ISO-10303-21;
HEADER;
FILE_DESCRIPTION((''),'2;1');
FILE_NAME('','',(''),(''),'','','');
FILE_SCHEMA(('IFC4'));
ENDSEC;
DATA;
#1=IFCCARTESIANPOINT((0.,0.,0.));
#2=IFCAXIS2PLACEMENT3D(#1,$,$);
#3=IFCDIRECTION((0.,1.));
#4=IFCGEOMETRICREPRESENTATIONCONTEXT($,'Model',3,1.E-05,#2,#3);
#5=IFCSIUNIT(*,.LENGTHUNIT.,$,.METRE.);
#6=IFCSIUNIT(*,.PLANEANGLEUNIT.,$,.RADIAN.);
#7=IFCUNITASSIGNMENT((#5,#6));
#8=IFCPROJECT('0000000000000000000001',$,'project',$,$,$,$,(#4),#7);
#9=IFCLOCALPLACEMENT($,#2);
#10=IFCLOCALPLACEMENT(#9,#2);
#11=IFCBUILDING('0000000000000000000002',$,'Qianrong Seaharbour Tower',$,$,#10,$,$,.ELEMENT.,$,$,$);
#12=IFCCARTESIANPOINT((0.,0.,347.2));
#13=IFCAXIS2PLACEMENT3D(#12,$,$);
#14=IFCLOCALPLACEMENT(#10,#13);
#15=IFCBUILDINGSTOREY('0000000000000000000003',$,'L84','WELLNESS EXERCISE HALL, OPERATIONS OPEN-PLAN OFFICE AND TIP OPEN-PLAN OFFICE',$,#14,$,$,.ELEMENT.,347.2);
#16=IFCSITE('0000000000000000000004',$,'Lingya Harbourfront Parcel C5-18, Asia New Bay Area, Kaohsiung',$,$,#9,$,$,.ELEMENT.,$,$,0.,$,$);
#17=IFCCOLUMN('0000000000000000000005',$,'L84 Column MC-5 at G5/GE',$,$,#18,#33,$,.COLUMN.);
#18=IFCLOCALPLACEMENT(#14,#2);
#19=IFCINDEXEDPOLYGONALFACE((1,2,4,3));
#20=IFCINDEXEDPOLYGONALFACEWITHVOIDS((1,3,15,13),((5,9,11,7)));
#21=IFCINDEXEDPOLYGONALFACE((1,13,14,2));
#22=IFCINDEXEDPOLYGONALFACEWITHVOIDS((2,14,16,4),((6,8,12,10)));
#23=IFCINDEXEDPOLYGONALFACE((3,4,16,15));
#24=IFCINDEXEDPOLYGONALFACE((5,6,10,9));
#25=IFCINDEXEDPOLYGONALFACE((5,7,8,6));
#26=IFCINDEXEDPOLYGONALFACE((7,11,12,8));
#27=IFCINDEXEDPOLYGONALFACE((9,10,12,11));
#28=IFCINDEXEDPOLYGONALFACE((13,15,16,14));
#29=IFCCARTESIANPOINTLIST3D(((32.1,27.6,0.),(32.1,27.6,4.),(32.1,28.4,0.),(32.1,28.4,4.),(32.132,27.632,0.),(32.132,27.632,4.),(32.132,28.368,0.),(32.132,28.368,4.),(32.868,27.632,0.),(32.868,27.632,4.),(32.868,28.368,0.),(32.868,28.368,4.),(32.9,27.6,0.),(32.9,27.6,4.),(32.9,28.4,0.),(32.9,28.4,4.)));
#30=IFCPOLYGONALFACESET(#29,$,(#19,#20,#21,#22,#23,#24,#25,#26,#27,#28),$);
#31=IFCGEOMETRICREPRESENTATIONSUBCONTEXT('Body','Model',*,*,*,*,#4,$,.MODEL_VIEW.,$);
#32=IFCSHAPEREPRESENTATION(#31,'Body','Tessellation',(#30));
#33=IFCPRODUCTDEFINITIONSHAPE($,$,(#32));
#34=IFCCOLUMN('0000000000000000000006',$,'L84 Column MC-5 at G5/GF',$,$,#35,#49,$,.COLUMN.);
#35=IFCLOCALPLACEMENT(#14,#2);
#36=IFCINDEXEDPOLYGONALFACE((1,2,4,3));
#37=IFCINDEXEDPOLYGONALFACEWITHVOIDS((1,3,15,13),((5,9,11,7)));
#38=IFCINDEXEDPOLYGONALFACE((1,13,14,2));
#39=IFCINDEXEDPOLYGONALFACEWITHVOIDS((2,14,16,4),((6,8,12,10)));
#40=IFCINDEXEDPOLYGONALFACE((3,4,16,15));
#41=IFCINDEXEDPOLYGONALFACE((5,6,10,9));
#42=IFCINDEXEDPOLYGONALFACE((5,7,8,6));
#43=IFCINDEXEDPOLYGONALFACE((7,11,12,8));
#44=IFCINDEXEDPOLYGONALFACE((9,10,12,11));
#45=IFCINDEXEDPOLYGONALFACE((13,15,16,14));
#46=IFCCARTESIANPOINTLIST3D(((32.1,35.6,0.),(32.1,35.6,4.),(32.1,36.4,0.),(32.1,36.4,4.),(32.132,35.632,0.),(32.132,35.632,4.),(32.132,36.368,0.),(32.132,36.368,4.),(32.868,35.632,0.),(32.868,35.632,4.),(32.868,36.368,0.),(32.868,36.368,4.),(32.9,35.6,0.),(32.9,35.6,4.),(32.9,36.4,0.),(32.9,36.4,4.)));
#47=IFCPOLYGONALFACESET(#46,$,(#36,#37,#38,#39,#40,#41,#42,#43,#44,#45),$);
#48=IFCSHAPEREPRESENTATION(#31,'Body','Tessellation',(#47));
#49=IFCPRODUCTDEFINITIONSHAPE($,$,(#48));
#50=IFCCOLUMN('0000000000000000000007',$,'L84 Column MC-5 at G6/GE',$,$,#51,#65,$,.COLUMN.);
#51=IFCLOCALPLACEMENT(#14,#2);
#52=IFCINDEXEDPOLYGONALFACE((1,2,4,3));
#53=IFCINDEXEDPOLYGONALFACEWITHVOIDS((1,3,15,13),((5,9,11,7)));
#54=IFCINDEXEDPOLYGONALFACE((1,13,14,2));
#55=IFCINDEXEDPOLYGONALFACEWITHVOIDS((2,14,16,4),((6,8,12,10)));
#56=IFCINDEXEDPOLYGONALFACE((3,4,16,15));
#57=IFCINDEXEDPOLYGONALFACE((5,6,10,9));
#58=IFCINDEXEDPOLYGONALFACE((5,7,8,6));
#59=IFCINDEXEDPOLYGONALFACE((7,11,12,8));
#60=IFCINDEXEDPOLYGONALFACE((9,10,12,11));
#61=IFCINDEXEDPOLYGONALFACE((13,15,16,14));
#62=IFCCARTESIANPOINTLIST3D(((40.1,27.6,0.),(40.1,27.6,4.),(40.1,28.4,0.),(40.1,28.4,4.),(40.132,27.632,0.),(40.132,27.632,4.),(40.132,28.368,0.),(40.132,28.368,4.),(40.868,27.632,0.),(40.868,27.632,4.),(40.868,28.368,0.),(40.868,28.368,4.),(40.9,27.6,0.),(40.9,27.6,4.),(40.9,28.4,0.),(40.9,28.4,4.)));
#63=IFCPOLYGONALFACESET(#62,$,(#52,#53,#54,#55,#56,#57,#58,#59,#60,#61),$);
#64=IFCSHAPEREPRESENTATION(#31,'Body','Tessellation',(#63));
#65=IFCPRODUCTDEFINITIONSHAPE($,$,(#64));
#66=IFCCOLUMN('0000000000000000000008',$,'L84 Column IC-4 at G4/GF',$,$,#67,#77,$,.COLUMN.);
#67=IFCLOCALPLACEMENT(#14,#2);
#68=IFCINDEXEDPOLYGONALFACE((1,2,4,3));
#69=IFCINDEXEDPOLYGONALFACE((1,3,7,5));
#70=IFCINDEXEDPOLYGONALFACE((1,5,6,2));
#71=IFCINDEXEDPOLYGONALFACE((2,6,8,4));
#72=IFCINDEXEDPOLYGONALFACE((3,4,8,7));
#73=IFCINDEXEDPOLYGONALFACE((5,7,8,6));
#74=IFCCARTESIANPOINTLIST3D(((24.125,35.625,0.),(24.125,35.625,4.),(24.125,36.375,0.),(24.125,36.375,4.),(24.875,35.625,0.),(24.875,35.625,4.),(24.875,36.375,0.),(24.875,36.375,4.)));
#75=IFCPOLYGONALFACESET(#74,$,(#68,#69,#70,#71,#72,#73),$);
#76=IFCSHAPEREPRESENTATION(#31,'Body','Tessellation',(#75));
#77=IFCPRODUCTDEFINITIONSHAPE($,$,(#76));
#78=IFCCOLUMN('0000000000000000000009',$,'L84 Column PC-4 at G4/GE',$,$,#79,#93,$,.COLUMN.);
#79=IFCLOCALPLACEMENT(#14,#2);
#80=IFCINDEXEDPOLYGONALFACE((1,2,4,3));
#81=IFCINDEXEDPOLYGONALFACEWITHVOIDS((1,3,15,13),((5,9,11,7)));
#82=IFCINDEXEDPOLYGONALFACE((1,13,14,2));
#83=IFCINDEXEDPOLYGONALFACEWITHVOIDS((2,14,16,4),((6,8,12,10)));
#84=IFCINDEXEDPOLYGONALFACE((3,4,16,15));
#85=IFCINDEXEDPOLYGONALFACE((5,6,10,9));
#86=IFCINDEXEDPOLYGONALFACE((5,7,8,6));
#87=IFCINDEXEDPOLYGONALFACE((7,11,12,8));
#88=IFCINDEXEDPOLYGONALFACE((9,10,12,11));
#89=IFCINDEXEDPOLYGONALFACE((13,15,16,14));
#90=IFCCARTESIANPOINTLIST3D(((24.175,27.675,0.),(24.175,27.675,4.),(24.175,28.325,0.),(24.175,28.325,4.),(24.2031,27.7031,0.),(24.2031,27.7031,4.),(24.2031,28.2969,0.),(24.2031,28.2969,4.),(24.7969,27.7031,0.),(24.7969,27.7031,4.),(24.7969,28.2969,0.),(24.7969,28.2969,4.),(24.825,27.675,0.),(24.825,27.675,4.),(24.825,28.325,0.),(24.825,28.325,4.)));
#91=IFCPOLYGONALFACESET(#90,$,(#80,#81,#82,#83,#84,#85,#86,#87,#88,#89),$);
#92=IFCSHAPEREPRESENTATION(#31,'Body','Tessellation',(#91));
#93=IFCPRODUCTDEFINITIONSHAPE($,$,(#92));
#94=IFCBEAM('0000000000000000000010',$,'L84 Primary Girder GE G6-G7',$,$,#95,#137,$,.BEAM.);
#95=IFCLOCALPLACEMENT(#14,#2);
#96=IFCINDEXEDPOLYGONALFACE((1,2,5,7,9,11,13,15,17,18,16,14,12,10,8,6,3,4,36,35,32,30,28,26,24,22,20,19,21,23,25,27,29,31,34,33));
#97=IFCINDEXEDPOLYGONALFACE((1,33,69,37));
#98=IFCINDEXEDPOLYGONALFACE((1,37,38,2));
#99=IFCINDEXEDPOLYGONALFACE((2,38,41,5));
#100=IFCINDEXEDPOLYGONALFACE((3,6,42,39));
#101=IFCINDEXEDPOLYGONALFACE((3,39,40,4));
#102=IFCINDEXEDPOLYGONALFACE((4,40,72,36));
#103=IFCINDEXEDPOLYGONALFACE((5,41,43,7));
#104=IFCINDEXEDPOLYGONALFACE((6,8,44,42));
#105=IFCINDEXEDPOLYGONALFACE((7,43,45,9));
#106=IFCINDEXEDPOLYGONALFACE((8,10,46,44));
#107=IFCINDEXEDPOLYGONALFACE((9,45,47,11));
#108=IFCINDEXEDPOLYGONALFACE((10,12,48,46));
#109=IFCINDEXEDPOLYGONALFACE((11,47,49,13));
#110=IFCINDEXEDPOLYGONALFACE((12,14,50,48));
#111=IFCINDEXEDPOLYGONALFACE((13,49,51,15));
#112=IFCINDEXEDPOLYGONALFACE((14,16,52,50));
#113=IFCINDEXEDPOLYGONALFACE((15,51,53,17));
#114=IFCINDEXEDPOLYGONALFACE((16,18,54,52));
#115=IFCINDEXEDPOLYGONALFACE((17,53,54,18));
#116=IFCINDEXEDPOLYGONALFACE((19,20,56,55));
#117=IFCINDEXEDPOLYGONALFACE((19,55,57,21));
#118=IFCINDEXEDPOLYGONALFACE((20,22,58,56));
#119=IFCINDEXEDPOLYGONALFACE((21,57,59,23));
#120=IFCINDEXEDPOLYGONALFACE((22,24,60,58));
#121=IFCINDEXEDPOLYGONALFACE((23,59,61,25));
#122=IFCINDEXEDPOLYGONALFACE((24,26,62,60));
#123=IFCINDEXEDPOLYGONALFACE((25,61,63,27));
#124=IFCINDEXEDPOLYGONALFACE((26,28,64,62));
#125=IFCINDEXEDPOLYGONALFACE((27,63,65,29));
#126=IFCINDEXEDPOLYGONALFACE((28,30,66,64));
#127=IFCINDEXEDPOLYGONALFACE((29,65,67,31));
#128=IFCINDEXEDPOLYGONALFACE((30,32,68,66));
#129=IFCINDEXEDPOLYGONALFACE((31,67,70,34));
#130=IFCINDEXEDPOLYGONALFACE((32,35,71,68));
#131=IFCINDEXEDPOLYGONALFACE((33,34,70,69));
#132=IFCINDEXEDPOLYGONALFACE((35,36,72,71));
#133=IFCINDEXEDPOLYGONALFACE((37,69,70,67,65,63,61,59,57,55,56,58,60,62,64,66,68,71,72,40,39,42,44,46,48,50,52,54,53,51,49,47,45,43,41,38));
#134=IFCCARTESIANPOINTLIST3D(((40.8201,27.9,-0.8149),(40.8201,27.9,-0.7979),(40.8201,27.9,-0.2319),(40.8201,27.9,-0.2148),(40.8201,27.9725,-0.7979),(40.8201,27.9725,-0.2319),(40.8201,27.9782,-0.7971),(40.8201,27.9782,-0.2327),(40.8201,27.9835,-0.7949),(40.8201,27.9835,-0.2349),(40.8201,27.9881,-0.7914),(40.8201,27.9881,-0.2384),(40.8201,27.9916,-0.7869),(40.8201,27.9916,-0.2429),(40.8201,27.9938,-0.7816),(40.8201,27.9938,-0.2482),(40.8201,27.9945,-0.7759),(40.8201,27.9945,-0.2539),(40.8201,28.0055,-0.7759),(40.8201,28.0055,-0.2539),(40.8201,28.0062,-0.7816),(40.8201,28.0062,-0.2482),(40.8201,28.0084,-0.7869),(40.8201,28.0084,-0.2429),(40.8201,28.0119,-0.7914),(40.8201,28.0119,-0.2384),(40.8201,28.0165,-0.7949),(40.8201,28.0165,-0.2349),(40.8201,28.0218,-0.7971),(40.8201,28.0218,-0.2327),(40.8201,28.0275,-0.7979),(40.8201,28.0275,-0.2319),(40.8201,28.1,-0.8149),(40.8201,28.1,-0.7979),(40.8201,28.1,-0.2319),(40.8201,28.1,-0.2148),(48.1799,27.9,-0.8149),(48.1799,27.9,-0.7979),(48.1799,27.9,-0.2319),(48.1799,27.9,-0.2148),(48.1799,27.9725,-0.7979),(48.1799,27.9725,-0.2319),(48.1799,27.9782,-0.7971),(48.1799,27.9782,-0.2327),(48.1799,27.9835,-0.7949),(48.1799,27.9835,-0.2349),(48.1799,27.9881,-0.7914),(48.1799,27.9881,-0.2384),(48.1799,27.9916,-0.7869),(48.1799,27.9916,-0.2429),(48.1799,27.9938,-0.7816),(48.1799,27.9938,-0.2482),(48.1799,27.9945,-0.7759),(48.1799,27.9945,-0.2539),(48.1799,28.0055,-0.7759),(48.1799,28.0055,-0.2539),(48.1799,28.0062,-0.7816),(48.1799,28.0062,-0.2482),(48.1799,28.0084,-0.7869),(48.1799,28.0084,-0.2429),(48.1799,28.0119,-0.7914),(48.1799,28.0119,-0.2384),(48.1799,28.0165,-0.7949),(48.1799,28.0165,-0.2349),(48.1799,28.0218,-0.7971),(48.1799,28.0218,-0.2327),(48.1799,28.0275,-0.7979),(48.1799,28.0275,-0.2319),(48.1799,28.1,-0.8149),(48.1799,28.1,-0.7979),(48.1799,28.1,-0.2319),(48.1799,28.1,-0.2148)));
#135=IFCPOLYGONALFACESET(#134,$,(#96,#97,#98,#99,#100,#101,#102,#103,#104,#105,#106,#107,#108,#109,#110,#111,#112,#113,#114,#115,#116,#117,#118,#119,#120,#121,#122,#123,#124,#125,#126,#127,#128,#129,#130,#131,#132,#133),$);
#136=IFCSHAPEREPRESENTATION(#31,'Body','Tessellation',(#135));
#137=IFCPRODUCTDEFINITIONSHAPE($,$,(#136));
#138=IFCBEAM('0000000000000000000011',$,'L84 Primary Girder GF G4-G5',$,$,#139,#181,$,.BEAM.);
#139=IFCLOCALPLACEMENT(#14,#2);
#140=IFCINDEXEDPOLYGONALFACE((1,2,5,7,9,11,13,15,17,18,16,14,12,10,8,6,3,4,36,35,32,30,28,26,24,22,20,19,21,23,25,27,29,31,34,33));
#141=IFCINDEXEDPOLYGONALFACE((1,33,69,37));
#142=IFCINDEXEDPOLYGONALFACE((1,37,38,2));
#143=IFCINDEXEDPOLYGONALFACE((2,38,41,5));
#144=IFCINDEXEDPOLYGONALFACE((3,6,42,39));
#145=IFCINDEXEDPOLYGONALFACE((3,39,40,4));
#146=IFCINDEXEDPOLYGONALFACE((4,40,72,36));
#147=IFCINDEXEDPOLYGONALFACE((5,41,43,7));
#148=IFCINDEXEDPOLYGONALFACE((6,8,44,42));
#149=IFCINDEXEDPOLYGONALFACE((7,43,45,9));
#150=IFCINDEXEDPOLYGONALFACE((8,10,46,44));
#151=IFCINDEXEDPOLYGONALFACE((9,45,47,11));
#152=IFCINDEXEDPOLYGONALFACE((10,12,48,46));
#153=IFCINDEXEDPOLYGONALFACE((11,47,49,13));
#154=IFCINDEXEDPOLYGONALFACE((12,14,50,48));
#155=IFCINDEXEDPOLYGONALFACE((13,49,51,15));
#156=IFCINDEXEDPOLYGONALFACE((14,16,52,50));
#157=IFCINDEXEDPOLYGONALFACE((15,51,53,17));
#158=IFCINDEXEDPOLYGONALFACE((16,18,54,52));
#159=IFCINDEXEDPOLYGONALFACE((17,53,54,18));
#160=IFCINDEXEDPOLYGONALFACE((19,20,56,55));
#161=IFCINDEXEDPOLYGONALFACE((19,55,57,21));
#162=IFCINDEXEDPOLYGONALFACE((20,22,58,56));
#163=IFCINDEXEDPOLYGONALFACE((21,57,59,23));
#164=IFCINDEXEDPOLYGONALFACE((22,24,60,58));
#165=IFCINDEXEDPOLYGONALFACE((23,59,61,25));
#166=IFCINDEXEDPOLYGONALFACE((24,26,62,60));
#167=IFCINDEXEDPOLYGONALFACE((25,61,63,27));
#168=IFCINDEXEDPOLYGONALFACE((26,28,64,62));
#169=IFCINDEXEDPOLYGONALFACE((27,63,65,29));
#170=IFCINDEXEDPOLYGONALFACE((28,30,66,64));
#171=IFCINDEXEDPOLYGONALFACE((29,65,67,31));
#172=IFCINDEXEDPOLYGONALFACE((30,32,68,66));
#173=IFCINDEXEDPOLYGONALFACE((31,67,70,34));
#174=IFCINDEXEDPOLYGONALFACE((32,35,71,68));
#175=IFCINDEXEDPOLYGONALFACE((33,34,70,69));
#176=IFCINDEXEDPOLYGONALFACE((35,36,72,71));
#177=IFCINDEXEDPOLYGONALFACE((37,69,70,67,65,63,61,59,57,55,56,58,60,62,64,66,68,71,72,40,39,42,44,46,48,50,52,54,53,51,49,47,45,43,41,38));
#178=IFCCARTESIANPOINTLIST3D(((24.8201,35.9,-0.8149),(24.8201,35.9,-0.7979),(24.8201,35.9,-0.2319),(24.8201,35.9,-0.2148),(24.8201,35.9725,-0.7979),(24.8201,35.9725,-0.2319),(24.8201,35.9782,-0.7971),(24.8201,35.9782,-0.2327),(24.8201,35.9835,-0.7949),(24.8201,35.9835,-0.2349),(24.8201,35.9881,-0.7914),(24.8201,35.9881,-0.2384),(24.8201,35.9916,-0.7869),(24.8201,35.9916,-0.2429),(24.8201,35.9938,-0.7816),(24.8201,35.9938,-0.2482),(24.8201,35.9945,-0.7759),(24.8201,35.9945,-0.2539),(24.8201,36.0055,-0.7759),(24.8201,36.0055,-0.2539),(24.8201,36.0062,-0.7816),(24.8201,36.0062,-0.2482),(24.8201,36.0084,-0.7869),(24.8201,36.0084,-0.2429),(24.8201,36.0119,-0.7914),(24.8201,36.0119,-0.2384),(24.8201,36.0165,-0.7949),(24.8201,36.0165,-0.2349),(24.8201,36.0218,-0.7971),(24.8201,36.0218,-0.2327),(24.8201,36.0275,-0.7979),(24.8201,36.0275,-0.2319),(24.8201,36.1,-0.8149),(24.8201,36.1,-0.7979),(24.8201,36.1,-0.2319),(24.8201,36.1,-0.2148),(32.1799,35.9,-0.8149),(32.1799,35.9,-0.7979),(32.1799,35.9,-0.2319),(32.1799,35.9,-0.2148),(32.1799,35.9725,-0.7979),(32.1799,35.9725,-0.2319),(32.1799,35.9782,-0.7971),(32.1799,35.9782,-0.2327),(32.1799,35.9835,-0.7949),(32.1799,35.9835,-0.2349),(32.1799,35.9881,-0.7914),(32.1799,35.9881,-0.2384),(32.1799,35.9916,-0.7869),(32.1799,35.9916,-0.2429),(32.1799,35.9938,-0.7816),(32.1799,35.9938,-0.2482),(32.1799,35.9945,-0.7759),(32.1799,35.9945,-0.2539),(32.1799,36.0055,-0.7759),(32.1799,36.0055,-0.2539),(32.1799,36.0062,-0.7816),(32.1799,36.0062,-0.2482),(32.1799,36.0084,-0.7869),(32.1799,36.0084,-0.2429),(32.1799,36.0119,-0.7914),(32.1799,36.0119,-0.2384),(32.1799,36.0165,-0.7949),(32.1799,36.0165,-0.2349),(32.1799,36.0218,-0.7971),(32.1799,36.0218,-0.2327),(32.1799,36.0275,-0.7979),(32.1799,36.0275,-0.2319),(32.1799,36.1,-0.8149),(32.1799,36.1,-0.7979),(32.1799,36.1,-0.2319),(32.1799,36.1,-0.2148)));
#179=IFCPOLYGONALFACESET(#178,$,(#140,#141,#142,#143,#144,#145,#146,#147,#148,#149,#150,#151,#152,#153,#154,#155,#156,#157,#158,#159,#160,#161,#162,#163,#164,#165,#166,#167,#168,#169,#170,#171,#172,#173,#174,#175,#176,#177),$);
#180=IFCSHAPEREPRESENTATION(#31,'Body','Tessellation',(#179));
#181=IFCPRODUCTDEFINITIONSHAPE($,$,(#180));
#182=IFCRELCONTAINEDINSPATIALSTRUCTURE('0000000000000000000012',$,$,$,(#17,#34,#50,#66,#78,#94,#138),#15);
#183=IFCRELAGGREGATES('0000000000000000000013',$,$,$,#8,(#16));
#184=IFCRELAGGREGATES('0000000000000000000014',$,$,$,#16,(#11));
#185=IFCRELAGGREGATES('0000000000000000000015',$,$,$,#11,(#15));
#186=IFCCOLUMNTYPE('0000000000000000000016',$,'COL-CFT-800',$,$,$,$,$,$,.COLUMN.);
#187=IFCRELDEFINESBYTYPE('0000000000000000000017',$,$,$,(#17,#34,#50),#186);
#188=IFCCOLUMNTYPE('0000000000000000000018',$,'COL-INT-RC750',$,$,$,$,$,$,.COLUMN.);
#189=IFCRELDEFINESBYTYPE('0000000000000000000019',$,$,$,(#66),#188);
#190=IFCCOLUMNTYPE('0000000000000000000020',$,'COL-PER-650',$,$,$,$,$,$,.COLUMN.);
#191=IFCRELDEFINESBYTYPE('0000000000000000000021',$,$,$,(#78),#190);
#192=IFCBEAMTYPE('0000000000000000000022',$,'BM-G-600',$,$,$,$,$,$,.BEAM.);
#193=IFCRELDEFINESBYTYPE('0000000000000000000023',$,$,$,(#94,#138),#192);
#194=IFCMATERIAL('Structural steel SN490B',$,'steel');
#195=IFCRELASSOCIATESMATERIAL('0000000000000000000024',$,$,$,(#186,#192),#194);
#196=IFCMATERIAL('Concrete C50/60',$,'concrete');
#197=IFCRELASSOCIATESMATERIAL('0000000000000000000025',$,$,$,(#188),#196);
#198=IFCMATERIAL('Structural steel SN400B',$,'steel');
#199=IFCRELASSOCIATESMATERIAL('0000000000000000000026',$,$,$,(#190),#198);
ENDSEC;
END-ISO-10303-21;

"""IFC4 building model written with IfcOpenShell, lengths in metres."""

from ifc_helpers import new_model, si_unit, direction, frame, origin, origin_2d, place, context, subcontext, project, spatial, rectangle, hollow_rectangle, i_section, extrude, material, material_profile, profile_set, type_object, element, save


model = new_model("IFC4")

# Units and contexts
model_context = context("Model", 3, precision=1e-05, world=origin(), true_north=direction((0.0, 1.0)))
body_context = subcontext(model_context, "Body", "Model", "MODEL_VIEW")
ifc_project = project(units=[si_unit("LENGTHUNIT", "METRE"), si_unit("PLANEANGLEUNIT", "RADIAN")], contexts=[model_context])

# Site, building, storey
site_placement = place(None, origin())
site = spatial("IfcSite", under=ifc_project, at=site_placement, Name="Lingya Harbourfront Parcel C5-18, Asia New Bay Area, Kaohsiung", CompositionType="ELEMENT", RefElevation=0.0)
building_placement = place(site_placement, origin())
building = spatial("IfcBuilding", under=site, at=building_placement, Name="Qianrong Seaharbour Tower", CompositionType="ELEMENT")
storey_placement = place(building_placement, frame((0.0, 0.0, 347.2)))
storey = spatial("IfcBuildingStorey", under=building, at=storey_placement, Name="L84", Description="WELLNESS EXERCISE HALL, OPERATIONS OPEN-PLAN OFFICE AND TIP OPEN-PLAN OFFICE", CompositionType="ELEMENT", Elevation=347.2)

# Columns
ifc_material_1 = material(Name="Structural steel SN490B", Category="steel")
ifc_material_profile_1 = material_profile(ifc_material_1, hollow_rectangle(XDim=0.8, YDim=0.8, WallThickness=0.032, at=origin_2d()), Name="BOX800x800x32")
ifc_profile_set_1 = profile_set([ifc_material_profile_1], Name="Structural steel SN490B")
column_type_1 = type_object("IfcColumnType", Name="COL-CFT-800", PredefinedType="COLUMN", material=ifc_profile_set_1)
for number, where, z_axis, x_axis, name in (
    (1, (32.5, 28.0, 0.0), (0.0, 0.0, 1.0), (1.0, 0.0, 0.0), "L84 Column MC-5 at G5/GE"),
    (2, (32.5, 36.0, 0.0), (0.0, 0.0, 1.0), (1.0, 0.0, 0.0), "L84 Column MC-5 at G5/GF"),
    (3, (40.5, 28.0, 0.0), (0.0, 0.0, 1.0), (1.0, 0.0, 0.0), "L84 Column MC-5 at G6/GE"),
):
    element("IfcColumn", number, at=place(storey_placement, frame(where, z_axis=z_axis, x_axis=x_axis)), inside=storey, type_object=column_type_1, Name=name, PredefinedType="COLUMN", context=body_context, shape_type="SweptSolid", body=[
        extrude(hollow_rectangle(XDim=0.8, YDim=0.8, WallThickness=0.032, at=origin_2d()), origin(), (0.0, 0.0, 1.0), 4.0),
    ])
ifc_material_2 = material(Name="Concrete C50/60", Category="concrete")
ifc_material_profile_2 = material_profile(ifc_material_2, rectangle(XDim=0.75, YDim=0.75, at=origin_2d()), Name="RC750x750")
ifc_profile_set_2 = profile_set([ifc_material_profile_2], Name="Concrete C50/60")
column_type_2 = type_object("IfcColumnType", Name="COL-INT-RC750", PredefinedType="COLUMN", material=ifc_profile_set_2)
column_1_placement = place(storey_placement, frame((24.5, 36.0, 0.0), z_axis=(0.0, 0.0, 1.0), x_axis=(1.0, 0.0, 0.0)))
element("IfcColumn", 4, at=column_1_placement, inside=storey, type_object=column_type_2, Name="L84 Column IC-4 at G4/GF", PredefinedType="COLUMN", context=body_context, shape_type="SweptSolid", body=[
    extrude(rectangle(XDim=0.75, YDim=0.75, at=origin_2d()), origin(), (0.0, 0.0, 1.0), 4.0),
])
ifc_material_3 = material(Name="Structural steel SN400B", Category="steel")
ifc_material_profile_3 = material_profile(ifc_material_3, hollow_rectangle(XDim=0.6499, YDim=0.6499, WallThickness=0.0281, at=origin_2d()), Name="BOX650x650x28")
ifc_profile_set_3 = profile_set([ifc_material_profile_3], Name="Structural steel SN400B")
column_type_3 = type_object("IfcColumnType", Name="COL-PER-650", PredefinedType="COLUMN", material=ifc_profile_set_3)
column_2_placement = place(storey_placement, frame((24.5, 28.0, 0.0), z_axis=(0.0, 0.0, 1.0), x_axis=(1.0, 0.0, 0.0)))
element("IfcColumn", 5, at=column_2_placement, inside=storey, type_object=column_type_3, Name="L84 Column PC-4 at G4/GE", PredefinedType="COLUMN", context=body_context, shape_type="SweptSolid", body=[
    extrude(hollow_rectangle(XDim=0.6499, YDim=0.6499, WallThickness=0.0281, at=origin_2d()), origin(), (0.0, 0.0, 1.0), 4.0),
])

# Beams
ifc_material_profile_4 = material_profile(ifc_material_1, i_section(OverallWidth=0.2, OverallDepth=0.6001, WebThickness=0.011, FlangeThickness=0.0171, FilletRadius=0.022, at=origin_2d()), Name="H600x200x11x17")
ifc_profile_set_4 = profile_set([ifc_material_profile_4], Name="Structural steel SN490B")
beam_type_1 = type_object("IfcBeamType", Name="BM-G-600", PredefinedType="BEAM", material=ifc_profile_set_4)
for number, where, z_axis, x_axis, name in (
    (6, (40.8201, 28.0, -0.5149), (1.0, 0.0, 0.0), (0.0, 1.0, 0.0), "L84 Primary Girder GE G6-G7"),
    (7, (24.8201, 36.0, -0.5149), (1.0, 0.0, 0.0), (0.0, 1.0, 0.0), "L84 Primary Girder GF G4-G5"),
):
    element("IfcBeam", number, at=place(storey_placement, frame(where, z_axis=z_axis, x_axis=x_axis)), inside=storey, type_object=beam_type_1, Name=name, PredefinedType="BEAM", context=body_context, shape_type="SweptSolid", body=[
        extrude(i_section(OverallWidth=0.2, OverallDepth=0.6001, WebThickness=0.011, FlangeThickness=0.0171, FilletRadius=0.022, at=origin_2d()), origin(), (0.0, 0.0, 1.0), 7.3599),
    ])

save(model, "model.ifc")
